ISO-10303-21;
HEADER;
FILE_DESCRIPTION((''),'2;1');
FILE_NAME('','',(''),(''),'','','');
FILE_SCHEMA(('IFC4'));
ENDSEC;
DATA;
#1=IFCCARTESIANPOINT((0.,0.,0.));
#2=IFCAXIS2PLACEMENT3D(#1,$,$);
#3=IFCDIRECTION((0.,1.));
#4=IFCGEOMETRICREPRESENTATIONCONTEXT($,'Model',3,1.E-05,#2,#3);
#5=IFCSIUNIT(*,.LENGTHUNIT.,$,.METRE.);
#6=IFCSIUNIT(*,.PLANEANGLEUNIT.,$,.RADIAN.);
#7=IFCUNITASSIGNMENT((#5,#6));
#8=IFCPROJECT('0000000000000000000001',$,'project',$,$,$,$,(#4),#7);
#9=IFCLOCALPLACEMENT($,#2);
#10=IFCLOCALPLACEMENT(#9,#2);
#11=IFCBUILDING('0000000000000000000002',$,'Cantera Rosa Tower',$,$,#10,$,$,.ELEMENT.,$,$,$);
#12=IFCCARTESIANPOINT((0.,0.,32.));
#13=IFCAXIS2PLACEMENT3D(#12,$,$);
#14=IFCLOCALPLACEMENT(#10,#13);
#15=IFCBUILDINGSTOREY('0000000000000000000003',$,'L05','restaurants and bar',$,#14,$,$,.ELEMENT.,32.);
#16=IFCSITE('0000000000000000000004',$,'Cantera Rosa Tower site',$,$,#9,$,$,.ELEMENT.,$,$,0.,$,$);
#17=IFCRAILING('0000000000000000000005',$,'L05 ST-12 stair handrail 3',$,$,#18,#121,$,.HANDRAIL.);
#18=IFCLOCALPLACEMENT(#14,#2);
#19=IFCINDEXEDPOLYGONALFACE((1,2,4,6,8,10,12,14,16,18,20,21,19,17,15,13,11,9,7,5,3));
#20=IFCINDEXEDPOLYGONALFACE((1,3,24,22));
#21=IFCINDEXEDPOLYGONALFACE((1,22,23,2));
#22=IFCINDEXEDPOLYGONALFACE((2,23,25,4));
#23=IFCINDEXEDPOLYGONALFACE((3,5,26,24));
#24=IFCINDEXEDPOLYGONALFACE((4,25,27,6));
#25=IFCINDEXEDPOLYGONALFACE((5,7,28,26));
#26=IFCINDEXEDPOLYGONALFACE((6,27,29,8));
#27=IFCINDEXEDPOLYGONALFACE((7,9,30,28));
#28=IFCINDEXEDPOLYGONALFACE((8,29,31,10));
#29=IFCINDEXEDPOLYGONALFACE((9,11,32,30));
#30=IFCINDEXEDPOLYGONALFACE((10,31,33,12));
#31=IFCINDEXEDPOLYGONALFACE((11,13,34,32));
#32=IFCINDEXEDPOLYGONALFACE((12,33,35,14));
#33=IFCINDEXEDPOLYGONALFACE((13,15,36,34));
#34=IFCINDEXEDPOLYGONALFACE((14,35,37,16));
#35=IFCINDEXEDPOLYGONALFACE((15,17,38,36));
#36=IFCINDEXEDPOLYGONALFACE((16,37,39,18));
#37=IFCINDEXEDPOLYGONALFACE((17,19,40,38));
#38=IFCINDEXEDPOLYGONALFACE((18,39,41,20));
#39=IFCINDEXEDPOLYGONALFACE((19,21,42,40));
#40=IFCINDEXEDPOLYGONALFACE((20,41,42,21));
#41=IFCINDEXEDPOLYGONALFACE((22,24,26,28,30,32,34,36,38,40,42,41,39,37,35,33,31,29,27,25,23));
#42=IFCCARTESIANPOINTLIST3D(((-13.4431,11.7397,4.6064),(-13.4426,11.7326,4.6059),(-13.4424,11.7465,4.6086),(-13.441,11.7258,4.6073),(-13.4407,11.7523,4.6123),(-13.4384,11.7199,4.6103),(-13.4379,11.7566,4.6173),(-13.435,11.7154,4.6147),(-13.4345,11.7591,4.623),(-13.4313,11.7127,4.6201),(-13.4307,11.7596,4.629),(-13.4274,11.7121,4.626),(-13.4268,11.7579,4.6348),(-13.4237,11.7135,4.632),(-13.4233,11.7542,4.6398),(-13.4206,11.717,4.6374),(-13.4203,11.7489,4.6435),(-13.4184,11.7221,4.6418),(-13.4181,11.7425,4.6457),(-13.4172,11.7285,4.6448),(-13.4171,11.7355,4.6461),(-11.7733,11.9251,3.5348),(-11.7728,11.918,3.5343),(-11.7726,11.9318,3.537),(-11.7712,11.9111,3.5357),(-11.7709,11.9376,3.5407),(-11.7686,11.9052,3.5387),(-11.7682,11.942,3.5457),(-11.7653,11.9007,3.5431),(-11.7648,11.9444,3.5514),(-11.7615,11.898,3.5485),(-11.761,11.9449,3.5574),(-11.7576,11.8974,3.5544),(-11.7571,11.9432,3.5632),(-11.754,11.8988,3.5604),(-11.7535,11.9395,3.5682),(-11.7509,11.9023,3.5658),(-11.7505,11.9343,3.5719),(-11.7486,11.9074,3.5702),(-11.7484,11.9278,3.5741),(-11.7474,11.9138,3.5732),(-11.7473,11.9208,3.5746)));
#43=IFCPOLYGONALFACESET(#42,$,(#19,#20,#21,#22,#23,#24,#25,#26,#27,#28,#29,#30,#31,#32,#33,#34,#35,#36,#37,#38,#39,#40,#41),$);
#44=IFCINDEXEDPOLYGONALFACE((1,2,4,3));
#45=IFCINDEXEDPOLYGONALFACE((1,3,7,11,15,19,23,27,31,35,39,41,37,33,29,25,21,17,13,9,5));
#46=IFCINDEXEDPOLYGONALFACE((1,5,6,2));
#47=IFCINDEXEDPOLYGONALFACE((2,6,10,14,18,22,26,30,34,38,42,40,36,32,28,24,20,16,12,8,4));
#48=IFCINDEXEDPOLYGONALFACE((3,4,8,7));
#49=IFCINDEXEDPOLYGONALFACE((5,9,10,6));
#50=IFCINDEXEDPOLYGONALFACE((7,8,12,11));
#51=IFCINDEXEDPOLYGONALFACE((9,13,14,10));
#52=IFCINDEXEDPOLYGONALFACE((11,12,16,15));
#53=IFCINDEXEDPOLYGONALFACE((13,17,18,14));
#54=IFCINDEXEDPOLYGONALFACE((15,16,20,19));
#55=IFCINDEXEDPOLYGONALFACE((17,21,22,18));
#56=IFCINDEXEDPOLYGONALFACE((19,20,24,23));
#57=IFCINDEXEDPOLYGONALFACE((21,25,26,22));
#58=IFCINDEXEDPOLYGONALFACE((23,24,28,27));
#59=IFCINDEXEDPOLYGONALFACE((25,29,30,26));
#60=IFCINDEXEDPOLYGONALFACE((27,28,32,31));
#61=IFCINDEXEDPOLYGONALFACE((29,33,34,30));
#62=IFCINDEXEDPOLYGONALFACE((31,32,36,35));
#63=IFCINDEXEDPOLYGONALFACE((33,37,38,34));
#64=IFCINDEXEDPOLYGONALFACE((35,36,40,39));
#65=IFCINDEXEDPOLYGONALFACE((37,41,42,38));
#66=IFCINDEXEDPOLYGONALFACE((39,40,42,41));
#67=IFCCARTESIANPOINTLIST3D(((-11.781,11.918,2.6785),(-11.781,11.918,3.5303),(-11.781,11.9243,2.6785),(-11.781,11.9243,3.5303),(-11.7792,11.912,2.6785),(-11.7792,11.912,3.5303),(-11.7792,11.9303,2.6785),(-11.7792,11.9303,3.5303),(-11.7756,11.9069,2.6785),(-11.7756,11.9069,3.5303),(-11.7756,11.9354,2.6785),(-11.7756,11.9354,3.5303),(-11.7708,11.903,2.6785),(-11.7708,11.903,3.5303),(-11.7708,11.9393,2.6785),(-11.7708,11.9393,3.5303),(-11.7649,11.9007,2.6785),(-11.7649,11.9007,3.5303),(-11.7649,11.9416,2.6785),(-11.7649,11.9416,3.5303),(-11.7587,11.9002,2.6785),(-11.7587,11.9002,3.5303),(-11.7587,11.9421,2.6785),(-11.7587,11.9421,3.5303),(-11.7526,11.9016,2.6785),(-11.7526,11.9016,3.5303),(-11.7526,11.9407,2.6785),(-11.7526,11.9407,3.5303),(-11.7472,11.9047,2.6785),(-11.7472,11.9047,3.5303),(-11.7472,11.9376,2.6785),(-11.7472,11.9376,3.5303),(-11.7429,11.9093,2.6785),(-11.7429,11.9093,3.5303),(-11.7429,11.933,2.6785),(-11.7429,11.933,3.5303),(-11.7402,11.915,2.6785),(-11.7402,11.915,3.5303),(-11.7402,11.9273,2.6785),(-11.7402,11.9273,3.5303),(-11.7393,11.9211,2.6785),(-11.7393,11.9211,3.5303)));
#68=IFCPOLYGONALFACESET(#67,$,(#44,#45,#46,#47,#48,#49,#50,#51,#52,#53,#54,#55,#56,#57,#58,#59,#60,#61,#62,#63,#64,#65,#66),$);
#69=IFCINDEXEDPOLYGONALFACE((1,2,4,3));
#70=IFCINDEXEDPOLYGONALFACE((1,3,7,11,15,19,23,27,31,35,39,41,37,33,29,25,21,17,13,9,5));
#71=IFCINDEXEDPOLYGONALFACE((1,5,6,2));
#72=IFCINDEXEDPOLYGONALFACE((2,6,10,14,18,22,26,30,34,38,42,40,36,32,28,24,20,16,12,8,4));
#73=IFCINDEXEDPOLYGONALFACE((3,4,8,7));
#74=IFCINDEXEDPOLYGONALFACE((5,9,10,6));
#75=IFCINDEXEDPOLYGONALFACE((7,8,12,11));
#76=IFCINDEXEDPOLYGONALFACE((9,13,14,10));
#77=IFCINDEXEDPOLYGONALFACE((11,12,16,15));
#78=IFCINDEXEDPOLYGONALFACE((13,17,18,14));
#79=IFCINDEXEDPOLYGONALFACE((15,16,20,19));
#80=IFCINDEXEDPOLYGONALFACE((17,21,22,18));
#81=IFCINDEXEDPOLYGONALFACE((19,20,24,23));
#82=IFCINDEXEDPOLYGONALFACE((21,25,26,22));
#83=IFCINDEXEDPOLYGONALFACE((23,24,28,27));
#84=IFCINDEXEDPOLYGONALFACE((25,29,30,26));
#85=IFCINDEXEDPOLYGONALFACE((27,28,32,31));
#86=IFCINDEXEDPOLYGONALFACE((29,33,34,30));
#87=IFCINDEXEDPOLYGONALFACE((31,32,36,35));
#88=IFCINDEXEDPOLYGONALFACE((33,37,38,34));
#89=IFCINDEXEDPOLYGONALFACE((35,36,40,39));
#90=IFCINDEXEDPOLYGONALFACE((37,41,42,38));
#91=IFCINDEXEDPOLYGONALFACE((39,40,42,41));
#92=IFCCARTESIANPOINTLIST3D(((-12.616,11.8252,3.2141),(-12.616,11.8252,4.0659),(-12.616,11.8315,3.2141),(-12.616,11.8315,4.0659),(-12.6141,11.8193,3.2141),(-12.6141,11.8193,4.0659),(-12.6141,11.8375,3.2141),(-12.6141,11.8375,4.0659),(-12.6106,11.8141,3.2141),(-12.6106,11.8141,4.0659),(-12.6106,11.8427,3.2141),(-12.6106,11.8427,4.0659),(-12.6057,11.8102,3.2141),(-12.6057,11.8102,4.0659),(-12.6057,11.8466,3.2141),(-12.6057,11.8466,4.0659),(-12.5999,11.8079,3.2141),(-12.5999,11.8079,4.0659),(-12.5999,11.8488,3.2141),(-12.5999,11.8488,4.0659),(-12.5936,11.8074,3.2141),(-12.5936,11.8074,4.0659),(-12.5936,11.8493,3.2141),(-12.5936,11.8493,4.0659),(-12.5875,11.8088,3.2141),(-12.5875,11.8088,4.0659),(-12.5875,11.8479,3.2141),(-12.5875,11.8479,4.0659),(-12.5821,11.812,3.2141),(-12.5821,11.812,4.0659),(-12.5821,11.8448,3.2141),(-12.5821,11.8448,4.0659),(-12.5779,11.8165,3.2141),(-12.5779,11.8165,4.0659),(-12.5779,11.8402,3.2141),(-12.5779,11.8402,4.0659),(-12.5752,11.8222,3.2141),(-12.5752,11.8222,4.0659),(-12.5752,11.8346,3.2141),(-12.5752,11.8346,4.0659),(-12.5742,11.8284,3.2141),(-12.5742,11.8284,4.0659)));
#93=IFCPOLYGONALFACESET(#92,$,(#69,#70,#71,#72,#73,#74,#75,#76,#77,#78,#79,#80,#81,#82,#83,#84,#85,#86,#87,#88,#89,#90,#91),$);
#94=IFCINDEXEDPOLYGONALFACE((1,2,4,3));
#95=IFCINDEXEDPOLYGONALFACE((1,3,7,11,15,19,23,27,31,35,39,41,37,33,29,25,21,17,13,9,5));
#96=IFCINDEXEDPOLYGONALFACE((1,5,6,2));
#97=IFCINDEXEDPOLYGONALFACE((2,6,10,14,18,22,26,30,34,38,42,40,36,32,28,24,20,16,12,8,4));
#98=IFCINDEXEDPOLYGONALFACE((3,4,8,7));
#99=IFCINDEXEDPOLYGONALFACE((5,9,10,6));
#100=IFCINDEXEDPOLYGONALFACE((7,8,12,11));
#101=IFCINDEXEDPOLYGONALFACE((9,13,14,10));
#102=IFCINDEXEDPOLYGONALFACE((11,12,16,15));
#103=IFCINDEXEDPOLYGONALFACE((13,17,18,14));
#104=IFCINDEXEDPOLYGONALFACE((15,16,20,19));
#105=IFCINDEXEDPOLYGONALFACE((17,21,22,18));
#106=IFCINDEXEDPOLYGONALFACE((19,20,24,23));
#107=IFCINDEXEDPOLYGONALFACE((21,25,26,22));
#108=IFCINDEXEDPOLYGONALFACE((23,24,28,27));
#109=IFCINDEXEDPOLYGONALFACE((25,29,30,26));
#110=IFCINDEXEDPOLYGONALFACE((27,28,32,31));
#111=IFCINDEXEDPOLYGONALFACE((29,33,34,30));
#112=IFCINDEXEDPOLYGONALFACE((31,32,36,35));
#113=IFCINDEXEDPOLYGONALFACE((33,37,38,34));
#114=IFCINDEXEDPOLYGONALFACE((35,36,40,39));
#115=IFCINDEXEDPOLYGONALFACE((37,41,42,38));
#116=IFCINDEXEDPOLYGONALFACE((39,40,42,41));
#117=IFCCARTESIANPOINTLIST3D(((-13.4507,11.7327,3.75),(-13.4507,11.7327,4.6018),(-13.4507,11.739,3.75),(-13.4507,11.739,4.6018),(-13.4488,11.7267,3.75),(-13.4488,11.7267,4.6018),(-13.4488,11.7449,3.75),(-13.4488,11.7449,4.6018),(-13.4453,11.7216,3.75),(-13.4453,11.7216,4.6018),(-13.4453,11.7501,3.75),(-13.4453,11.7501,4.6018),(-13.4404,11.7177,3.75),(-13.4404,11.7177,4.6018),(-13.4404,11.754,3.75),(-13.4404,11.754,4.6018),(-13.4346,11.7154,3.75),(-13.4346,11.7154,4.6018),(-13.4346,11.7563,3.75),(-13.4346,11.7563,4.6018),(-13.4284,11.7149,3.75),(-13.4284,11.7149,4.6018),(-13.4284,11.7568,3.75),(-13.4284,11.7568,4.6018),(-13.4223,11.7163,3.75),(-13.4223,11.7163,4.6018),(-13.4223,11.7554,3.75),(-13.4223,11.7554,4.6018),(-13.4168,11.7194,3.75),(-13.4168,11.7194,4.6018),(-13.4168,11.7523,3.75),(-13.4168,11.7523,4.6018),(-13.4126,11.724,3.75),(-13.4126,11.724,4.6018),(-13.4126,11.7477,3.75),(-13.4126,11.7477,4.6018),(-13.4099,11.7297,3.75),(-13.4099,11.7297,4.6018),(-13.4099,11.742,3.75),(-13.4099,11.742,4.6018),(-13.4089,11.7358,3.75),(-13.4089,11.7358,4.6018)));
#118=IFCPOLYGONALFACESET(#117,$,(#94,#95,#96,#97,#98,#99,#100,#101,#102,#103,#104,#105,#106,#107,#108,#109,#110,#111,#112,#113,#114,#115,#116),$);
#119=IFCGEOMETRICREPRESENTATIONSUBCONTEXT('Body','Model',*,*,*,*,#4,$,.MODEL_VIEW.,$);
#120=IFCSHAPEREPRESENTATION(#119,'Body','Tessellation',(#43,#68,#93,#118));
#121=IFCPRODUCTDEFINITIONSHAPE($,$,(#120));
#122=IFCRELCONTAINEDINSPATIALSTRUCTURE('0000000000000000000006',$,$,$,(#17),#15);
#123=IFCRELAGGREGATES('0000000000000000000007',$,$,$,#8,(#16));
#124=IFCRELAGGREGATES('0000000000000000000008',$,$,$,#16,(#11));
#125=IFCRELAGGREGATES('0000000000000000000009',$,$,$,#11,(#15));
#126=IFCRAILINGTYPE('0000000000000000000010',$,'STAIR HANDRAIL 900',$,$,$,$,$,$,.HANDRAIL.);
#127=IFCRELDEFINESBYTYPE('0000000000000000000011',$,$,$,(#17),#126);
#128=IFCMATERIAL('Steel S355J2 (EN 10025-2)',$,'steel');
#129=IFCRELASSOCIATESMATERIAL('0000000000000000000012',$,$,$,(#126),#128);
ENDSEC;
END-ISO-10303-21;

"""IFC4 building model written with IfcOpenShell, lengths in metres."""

from ifc_helpers import new_model, si_unit, direction, frame, origin, origin_2d, place, context, subcontext, project, spatial, circle, extrude, material, type_object, element, save


model = new_model("IFC4")

# Units and contexts
model_context = context("Model", 3, precision=1e-05, world=origin(), true_north=direction((0.0, 1.0)))
body_context = subcontext(model_context, "Body", "Model", "MODEL_VIEW")
ifc_project = project(units=[si_unit("LENGTHUNIT", "METRE"), si_unit("PLANEANGLEUNIT", "RADIAN")], contexts=[model_context])

# Site, building, storey
site_placement = place(None, origin())
site = spatial("IfcSite", under=ifc_project, at=site_placement, Name="Cantera Rosa Tower site", CompositionType="ELEMENT", RefElevation=0.0)
building_placement = place(site_placement, origin())
building = spatial("IfcBuilding", under=site, at=building_placement, Name="Cantera Rosa Tower", CompositionType="ELEMENT")
storey_placement = place(building_placement, frame((0.0, 0.0, 32.0)))
storey = spatial("IfcBuildingStorey", under=building, at=storey_placement, Name="L05", Description="restaurants and bar", CompositionType="ELEMENT", Elevation=32.0)

# Railing
ifc_material_1 = material(Name="Steel S355J2 (EN 10025-2)", Category="steel")
railing_type_1 = type_object("IfcRailingType", Name="STAIR HANDRAIL 900", PredefinedType="HANDRAIL", material=ifc_material_1)
for number, where, name in (
    (1, (-11.7603, 11.9211, 2.6785), "L05 ST-12 stair handrail 3"),
):
    element("IfcRailing", number, at=place(storey_placement, frame(where)), inside=storey, type_object=railing_type_1, Name=name, PredefinedType="HANDRAIL", context=body_context, shape_type="SweptSolid", body=[
        extrude(circle(Radius=0.0239, at=origin_2d()), frame((0.0, 0.0, 0.876), z_axis=(-0.837951, -0.092997, 0.537764), x_axis=(0.110304, -0.993898, 0.0)), (0.0, 0.0, 1.0), 1.9927),
        extrude(circle(Radius=0.021, at=origin_2d()), origin(), (0.0, 0.0, 1.0), 0.8518),
        extrude(circle(Radius=0.021, at=origin_2d()), frame((-0.835, -0.0928, 0.5356)), (0.0, 0.0, 1.0), 0.8518),
        extrude(circle(Radius=0.021, at=origin_2d()), frame((-1.6697, -0.1853, 1.0715)), (0.0, 0.0, 1.0), 0.8518),
    ])

save(model, "model.ifc")
